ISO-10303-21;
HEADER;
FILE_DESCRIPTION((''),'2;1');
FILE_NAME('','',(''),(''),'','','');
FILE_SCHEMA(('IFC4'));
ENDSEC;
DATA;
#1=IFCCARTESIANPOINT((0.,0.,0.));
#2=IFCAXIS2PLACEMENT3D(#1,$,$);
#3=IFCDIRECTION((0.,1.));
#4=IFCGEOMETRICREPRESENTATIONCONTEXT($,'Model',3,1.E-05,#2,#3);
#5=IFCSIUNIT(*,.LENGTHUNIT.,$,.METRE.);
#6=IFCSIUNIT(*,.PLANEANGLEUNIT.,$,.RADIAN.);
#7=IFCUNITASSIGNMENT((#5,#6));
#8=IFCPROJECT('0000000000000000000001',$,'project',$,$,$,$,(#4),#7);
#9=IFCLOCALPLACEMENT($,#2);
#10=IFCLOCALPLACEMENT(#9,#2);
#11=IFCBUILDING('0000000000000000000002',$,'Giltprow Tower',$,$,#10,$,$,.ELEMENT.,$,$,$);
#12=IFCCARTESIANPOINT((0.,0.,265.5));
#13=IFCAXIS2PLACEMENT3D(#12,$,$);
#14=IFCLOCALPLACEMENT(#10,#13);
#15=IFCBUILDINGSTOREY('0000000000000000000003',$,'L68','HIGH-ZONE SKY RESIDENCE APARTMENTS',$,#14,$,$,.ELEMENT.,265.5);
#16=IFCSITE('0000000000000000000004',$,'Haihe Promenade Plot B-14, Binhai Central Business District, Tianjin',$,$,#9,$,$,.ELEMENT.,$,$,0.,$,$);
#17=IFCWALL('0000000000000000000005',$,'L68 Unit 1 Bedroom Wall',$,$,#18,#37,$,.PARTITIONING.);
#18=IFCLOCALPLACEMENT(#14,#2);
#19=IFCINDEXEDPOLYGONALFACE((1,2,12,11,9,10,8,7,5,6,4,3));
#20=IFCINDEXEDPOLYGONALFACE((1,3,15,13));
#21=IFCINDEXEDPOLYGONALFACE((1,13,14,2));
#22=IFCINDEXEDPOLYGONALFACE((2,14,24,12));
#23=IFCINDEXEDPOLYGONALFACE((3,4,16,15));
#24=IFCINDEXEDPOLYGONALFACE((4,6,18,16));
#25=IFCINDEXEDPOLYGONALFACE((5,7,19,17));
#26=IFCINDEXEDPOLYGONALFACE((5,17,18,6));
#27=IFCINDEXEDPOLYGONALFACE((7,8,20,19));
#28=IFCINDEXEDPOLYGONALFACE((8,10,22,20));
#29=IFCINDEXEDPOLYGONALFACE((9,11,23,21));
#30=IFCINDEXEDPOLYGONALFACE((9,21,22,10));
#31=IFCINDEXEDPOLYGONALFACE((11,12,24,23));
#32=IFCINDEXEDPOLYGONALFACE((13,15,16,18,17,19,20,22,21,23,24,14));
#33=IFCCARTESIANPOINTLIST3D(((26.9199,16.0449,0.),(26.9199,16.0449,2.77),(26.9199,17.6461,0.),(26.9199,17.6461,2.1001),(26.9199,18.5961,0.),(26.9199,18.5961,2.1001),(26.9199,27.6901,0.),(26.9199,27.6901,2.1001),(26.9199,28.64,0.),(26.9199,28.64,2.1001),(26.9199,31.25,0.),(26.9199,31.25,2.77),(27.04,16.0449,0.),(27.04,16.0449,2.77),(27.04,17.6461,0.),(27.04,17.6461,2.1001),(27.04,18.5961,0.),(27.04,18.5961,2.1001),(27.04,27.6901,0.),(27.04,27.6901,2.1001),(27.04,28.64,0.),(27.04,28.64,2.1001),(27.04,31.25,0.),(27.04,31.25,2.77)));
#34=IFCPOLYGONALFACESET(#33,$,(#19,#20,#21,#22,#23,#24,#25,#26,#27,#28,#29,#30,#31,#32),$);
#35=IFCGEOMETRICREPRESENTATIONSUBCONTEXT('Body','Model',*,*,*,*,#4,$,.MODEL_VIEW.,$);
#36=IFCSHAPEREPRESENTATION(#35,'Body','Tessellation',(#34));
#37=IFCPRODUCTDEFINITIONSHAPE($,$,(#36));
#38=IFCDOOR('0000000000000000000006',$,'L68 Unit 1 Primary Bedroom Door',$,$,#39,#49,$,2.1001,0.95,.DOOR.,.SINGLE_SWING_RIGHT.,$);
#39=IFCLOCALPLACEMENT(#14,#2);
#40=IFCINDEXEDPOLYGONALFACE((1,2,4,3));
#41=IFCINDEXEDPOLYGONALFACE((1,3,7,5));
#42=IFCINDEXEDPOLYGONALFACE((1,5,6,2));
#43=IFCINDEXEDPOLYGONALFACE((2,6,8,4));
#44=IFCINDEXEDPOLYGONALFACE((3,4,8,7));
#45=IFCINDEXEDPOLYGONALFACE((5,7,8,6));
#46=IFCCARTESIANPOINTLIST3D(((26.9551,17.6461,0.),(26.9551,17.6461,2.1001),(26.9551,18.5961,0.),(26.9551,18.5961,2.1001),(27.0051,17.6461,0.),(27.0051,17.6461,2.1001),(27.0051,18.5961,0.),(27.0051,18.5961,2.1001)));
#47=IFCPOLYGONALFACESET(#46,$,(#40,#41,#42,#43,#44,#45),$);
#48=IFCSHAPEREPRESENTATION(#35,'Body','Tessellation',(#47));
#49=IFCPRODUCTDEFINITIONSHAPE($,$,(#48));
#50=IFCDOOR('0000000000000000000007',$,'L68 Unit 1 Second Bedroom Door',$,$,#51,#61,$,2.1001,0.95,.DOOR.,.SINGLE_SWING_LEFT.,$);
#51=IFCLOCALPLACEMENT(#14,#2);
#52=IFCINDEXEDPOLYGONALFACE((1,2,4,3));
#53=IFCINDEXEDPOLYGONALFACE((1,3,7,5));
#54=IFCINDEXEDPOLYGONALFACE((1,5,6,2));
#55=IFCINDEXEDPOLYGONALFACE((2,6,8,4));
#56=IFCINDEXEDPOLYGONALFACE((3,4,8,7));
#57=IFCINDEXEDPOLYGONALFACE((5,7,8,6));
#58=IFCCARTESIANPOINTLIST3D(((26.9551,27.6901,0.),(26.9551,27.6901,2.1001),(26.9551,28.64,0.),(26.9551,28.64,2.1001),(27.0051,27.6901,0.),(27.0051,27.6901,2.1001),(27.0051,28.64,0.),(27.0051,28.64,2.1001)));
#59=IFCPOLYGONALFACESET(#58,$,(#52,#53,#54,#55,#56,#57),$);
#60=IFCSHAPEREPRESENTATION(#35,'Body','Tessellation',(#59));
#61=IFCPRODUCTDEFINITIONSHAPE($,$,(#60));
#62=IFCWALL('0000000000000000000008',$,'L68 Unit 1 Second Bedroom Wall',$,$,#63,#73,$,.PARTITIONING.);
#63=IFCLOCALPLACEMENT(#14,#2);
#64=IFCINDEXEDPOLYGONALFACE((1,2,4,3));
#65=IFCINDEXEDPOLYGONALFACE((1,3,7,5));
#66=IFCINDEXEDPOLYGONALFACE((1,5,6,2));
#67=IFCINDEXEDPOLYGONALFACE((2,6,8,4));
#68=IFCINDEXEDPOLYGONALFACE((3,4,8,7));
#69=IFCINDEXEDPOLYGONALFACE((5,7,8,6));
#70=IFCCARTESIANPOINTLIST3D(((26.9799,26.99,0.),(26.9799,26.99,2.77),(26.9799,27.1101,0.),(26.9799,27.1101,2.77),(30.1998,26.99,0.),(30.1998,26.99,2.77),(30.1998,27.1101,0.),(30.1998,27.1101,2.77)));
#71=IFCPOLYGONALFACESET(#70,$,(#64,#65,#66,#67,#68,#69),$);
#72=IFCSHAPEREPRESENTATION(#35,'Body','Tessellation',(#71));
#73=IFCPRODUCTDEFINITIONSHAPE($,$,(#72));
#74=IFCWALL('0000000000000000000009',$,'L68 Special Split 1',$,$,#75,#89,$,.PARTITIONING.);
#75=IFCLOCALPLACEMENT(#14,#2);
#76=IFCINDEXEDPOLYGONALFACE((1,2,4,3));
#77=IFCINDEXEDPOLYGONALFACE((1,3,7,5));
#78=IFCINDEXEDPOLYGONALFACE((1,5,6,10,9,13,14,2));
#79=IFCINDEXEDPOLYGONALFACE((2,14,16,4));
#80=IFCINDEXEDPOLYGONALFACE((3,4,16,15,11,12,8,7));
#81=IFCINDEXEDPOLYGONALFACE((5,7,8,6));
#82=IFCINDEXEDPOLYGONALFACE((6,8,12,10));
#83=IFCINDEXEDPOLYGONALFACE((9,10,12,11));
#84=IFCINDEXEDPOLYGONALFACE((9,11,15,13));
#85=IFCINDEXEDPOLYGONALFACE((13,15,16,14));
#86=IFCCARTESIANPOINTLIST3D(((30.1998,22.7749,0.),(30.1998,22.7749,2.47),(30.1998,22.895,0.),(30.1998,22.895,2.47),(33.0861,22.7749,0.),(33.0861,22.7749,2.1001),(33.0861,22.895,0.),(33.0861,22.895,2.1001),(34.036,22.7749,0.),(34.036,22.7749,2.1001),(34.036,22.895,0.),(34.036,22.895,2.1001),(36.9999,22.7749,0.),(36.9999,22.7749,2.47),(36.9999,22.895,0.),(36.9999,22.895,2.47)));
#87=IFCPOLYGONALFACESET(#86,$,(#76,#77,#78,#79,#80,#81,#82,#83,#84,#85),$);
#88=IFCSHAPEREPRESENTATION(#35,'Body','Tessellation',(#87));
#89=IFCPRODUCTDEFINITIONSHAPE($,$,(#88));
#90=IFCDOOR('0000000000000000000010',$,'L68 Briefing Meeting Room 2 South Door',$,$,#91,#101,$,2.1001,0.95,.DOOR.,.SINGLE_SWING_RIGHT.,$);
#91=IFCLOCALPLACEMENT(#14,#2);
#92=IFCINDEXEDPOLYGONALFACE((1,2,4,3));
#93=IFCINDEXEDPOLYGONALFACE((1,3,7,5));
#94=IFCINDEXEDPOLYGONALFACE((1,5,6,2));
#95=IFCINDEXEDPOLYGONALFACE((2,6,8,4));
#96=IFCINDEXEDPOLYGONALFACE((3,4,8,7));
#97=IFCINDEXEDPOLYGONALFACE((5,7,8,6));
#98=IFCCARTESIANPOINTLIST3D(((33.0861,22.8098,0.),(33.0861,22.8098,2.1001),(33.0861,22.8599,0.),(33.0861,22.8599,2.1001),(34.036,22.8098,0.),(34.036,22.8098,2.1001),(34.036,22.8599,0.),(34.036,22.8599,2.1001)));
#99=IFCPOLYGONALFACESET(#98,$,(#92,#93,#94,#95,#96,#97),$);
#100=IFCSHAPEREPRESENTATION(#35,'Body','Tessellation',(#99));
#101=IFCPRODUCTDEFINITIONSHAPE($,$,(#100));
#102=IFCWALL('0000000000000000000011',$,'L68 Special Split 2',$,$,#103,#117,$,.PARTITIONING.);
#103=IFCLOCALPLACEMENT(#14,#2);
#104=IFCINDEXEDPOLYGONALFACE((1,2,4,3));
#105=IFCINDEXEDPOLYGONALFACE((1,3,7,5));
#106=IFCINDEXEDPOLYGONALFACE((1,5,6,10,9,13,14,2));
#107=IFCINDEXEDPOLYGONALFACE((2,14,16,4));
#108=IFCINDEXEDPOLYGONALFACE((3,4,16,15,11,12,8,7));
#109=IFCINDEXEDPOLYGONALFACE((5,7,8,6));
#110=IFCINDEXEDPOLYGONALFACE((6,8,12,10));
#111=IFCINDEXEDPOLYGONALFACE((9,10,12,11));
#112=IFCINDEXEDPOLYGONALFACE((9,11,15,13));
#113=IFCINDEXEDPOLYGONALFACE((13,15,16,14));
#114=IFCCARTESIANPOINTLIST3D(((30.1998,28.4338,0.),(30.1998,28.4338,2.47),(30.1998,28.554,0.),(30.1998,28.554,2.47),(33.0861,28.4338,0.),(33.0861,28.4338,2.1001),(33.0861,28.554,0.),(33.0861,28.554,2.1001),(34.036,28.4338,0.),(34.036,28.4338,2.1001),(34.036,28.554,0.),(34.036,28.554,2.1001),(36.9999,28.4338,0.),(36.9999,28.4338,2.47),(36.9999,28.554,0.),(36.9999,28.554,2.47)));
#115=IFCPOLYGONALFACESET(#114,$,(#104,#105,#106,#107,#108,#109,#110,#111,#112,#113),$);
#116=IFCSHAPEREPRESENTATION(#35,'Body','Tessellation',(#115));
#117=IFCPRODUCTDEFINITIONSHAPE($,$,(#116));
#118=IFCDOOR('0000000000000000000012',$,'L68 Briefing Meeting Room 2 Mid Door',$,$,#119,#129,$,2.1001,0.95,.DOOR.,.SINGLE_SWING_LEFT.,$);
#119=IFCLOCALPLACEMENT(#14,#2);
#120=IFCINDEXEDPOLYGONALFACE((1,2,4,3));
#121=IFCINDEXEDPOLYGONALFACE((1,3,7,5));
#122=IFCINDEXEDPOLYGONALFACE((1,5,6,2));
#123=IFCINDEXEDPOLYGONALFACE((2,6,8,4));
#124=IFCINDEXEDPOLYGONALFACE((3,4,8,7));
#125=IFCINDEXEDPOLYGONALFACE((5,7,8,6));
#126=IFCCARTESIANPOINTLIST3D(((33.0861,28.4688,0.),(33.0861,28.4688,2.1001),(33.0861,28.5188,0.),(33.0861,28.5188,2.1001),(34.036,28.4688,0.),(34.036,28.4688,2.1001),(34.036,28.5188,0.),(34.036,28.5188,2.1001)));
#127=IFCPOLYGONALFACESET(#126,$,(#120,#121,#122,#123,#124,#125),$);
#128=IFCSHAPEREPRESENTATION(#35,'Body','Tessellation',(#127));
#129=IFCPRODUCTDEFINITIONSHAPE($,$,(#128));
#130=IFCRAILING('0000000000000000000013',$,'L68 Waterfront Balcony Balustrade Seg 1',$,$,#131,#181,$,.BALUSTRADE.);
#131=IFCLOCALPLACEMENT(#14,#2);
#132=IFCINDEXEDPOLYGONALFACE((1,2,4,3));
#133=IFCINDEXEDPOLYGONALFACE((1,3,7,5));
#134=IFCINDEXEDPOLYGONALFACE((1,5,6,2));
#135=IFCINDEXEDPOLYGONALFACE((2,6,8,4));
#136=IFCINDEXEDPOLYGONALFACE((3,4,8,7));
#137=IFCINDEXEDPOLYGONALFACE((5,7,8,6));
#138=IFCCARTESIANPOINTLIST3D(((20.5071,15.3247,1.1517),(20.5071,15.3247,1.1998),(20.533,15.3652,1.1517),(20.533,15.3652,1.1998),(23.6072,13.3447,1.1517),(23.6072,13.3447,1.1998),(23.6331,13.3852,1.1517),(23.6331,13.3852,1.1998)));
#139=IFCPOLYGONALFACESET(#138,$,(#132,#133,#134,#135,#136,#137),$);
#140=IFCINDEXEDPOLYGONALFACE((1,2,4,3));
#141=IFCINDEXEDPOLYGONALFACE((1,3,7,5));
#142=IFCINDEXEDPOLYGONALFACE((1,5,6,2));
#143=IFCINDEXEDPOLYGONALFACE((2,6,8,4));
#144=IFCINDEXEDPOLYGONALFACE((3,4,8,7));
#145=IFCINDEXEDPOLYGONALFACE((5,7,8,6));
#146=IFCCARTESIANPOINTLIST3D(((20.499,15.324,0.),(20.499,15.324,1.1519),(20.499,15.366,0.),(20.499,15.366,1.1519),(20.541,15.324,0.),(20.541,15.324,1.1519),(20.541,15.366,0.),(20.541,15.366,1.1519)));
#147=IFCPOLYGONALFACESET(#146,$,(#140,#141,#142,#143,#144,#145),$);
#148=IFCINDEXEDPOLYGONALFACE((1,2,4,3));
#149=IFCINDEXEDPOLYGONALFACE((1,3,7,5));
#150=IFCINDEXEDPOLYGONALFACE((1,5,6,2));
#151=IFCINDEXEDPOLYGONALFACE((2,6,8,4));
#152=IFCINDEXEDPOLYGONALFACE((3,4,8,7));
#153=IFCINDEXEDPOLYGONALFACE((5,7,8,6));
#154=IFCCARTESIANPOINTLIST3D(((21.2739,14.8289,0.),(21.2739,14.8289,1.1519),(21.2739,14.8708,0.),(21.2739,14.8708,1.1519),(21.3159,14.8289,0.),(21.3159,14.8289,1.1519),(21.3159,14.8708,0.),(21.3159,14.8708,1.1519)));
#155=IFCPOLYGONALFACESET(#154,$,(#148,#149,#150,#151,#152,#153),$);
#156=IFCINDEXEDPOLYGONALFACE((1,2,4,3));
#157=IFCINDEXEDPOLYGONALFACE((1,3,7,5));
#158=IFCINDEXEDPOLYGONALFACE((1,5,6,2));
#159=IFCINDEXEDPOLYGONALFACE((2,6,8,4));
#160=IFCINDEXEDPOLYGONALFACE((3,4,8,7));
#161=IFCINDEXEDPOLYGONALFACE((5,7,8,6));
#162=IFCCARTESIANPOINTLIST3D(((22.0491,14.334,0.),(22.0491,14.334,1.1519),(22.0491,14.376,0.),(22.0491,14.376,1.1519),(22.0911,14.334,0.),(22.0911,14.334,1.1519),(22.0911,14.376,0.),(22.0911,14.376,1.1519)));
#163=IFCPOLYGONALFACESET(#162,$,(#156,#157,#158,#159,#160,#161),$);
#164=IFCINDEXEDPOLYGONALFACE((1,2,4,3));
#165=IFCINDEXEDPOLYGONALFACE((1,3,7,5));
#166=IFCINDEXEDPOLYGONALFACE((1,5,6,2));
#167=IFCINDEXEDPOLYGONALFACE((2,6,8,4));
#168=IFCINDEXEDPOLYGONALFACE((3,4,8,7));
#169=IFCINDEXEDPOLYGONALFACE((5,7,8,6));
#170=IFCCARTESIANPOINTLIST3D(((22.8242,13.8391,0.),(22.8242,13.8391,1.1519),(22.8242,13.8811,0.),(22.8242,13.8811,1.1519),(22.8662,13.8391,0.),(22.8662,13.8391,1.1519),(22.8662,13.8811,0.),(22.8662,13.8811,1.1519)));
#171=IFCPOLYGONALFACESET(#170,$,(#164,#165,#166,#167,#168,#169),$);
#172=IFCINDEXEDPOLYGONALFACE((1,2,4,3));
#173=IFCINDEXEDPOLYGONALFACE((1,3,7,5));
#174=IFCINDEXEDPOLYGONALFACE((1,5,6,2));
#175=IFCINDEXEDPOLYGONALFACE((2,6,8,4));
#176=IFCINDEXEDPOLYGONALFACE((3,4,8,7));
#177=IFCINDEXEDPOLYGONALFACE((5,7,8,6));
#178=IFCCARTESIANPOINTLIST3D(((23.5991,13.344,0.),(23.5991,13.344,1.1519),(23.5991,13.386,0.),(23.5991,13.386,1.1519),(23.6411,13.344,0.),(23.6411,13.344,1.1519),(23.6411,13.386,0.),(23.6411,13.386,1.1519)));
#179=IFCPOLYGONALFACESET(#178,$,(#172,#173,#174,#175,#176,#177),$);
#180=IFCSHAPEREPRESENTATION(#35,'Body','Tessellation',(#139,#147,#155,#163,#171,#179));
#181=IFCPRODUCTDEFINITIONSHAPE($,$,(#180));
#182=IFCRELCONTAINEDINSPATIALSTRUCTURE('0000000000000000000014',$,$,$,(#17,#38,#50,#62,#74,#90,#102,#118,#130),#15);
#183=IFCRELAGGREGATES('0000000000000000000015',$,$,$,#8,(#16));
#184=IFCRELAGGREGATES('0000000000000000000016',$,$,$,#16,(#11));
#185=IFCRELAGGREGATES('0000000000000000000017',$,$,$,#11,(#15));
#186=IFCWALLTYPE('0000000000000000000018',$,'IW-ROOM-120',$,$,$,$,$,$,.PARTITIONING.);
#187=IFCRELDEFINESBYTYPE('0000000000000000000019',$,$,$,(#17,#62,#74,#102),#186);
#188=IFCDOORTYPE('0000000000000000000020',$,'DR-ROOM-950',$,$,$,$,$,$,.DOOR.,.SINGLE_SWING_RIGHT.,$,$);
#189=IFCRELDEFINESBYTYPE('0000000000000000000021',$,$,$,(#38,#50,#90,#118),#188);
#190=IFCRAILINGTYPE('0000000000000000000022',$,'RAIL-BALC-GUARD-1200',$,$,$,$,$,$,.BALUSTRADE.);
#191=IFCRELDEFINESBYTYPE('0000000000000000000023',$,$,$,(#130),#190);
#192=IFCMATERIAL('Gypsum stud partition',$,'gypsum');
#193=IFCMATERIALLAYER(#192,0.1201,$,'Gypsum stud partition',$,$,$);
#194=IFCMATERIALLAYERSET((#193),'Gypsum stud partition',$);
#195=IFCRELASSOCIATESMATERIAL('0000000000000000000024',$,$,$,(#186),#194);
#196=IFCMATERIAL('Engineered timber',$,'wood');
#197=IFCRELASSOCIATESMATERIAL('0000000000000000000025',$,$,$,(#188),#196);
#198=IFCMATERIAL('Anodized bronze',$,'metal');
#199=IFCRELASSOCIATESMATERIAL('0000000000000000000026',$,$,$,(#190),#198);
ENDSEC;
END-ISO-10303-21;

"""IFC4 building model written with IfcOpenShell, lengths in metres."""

from ifc_helpers import new_model, si_unit, direction, frame, frame_2d, origin, origin_2d, place, context, subcontext, project, spatial, rectangle, extrude, source, transform, mapped, material, layer, layer_set, type_object, element, fill, save


model = new_model("IFC4")

# Units and contexts
model_context = context("Model", 3, precision=1e-05, world=origin(), true_north=direction((0.0, 1.0)))
body_context = subcontext(model_context, "Body", "Model", "MODEL_VIEW")
ifc_project = project(units=[si_unit("LENGTHUNIT", "METRE"), si_unit("PLANEANGLEUNIT", "RADIAN")], contexts=[model_context])

# Site, building, storey
site_placement = place(None, origin())
site = spatial("IfcSite", under=ifc_project, at=site_placement, Name="Haihe Promenade Plot B-14, Binhai Central Business District, Tianjin", CompositionType="ELEMENT", RefElevation=0.0)
building_placement = place(site_placement, origin())
building = spatial("IfcBuilding", under=site, at=building_placement, Name="Giltprow Tower", CompositionType="ELEMENT")
storey_placement = place(building_placement, frame((0.0, 0.0, 265.5)))
storey = spatial("IfcBuildingStorey", under=building, at=storey_placement, Name="L68", Description="HIGH-ZONE SKY RESIDENCE APARTMENTS", CompositionType="ELEMENT", Elevation=265.5)

# Shared definitions
ifc_material_1 = material(Name="Gypsum stud partition", Category="gypsum")

# Wall, openings, doors
ifc_layer_1 = layer(ifc_material_1, 0.1201, Name="Gypsum stud partition")
ifc_layer_set_1 = layer_set([ifc_layer_1], Name="Gypsum stud partition")
wall_type_1 = type_object("IfcWallType", Name="IW-ROOM-120", PredefinedType="PARTITIONING", material=ifc_layer_set_1)
wall_1_placement = place(storey_placement, frame((26.98, 16.0449, 0.0), z_axis=(0.0, 0.0, 1.0), x_axis=(0.0, 1.0, 0.0)))
wall_1 = element("IfcWall", 1, at=wall_1_placement, inside=storey, type_object=wall_type_1, Name="L68 Unit 1 Bedroom Wall", PredefinedType="PARTITIONING", context=body_context, shape_type="SweptSolid", body=[
    extrude(rectangle(XDim=15.2051, YDim=0.1201, at=frame_2d((7.6025, 0.0))), origin(), (0.0, 0.0, 1.0), 2.77),
])
opening_1_placement = place(wall_1_placement, frame((1.6011, 0.0, 0.0)))
opening_1 = element("IfcOpeningElement", 2, at=opening_1_placement, cuts=wall_1, PredefinedType="OPENING", context=body_context, shape_type="SweptSolid", body=[
    extrude(rectangle(XDim=0.95, YDim=2.1001, at=frame_2d((0.4751, 1.05))), frame((0.0, 0.0701, 0.0), z_axis=(0.0, -1.0, 0.0), x_axis=(1.0, 0.0, 0.0)), (0.0, 0.0, 1.0), 0.1401),
])
opening_2_placement = place(wall_1_placement, frame((11.645, 0.0, 0.0)))
opening_2 = element("IfcOpeningElement", 3, at=opening_2_placement, cuts=wall_1, PredefinedType="OPENING", context=body_context, shape_type="SweptSolid", body=[
    extrude(rectangle(XDim=0.95, YDim=2.1001, at=frame_2d((0.4751, 1.05))), frame((0.0, 0.0701, 0.0), z_axis=(0.0, -1.0, 0.0), x_axis=(1.0, 0.0, 0.0)), (0.0, 0.0, 1.0), 0.1401),
])
ifc_material_2 = material(Name="Engineered timber", Category="wood")
door_type = type_object("IfcDoorType", Name="DR-ROOM-950", OperationType="SINGLE_SWING_RIGHT", PredefinedType="DOOR", material=ifc_material_2)
shared_shape_1 = source(origin(), body_context, "Body", "SweptSolid", [
    extrude(rectangle(XDim=0.95, YDim=2.1001, at=frame_2d((0.4751, 1.05))), frame((0.0, 0.0249, 0.0), z_axis=(0.0, -1.0, 0.0), x_axis=(1.0, 0.0, 0.0)), (0.0, 0.0, 1.0), 0.05),
])
door_1_placement = place(opening_1_placement, origin())
door_1 = element("IfcDoor", 4, at=door_1_placement, inside=storey, type_object=door_type, Name="L68 Unit 1 Primary Bedroom Door", OperationType="SINGLE_SWING_RIGHT", OverallHeight=2.1001, OverallWidth=0.95, PredefinedType="DOOR", context=body_context, shape_type="MappedRepresentation", body=[
    mapped(shared_shape_1, transform((0.0, 0.0, 0.0), x_axis=(1.0, 0.0, 0.0), y_axis=(0.0, 1.0, 0.0), z_axis=(0.0, 0.0, 1.0), scale=1.0)),
])
fill(opening_1, door_1)
door_2_placement = place(opening_2_placement, origin())
door_2 = element("IfcDoor", 5, at=door_2_placement, inside=storey, type_object=door_type, Name="L68 Unit 1 Second Bedroom Door", OperationType="SINGLE_SWING_LEFT", OverallHeight=2.1001, OverallWidth=0.95, PredefinedType="DOOR", context=body_context, shape_type="MappedRepresentation", body=[
    mapped(shared_shape_1, transform((0.0, 0.0, 0.0), x_axis=(1.0, 0.0, 0.0), y_axis=(0.0, 1.0, 0.0), z_axis=(0.0, 0.0, 1.0), scale=1.0)),
])
fill(opening_2, door_2)

# Wall
wall_2_placement = place(storey_placement, frame((26.98, 27.05, 0.0), z_axis=(0.0, 0.0, 1.0), x_axis=(1.0, 0.0, 0.0)))
element("IfcWall", 6, at=wall_2_placement, inside=storey, type_object=wall_type_1, Name="L68 Unit 1 Second Bedroom Wall", PredefinedType="PARTITIONING", context=body_context, shape_type="SweptSolid", body=[
    extrude(rectangle(XDim=3.22, YDim=0.1201, at=frame_2d((1.6099, 0.0))), origin(), (0.0, 0.0, 1.0), 2.77),
])

# Walls, openings, doors
wall_3_placement = place(storey_placement, frame((30.2, 22.835, 0.0), z_axis=(0.0, 0.0, 1.0), x_axis=(1.0, 0.0, 0.0)))
wall_3 = element("IfcWall", 7, at=wall_3_placement, inside=storey, type_object=wall_type_1, Name="L68 Special Split 1", PredefinedType="PARTITIONING", context=body_context, shape_type="SweptSolid", body=[
    extrude(rectangle(XDim=6.8, YDim=0.1201, at=frame_2d((3.3999, 0.0))), origin(), (0.0, 0.0, 1.0), 2.47),
])
opening_3_placement = place(wall_3_placement, frame((2.886, 0.0, 0.0)))
opening_3 = element("IfcOpeningElement", 8, at=opening_3_placement, cuts=wall_3, PredefinedType="OPENING", context=body_context, shape_type="SweptSolid", body=[
    extrude(rectangle(XDim=0.95, YDim=2.1001, at=frame_2d((0.4751, 1.05))), frame((0.0, 0.0701, 0.0), z_axis=(0.0, -1.0, 0.0), x_axis=(1.0, 0.0, 0.0)), (0.0, 0.0, 1.0), 0.1401),
])
door_3_placement = place(opening_3_placement, origin())
door_3 = element("IfcDoor", 9, at=door_3_placement, inside=storey, type_object=door_type, Name="L68 Briefing Meeting Room 2 South Door", OperationType="SINGLE_SWING_RIGHT", OverallHeight=2.1001, OverallWidth=0.95, PredefinedType="DOOR", context=body_context, shape_type="MappedRepresentation", body=[
    mapped(shared_shape_1, transform((0.0, 0.0, 0.0), x_axis=(1.0, 0.0, 0.0), y_axis=(0.0, 1.0, 0.0), z_axis=(0.0, 0.0, 1.0), scale=1.0)),
])
fill(opening_3, door_3)
wall_4_placement = place(storey_placement, frame((30.2, 28.4939, 0.0), z_axis=(0.0, 0.0, 1.0), x_axis=(1.0, 0.0, 0.0)))
wall_4 = element("IfcWall", 10, at=wall_4_placement, inside=storey, type_object=wall_type_1, Name="L68 Special Split 2", PredefinedType="PARTITIONING", context=body_context, shape_type="SweptSolid", body=[
    extrude(rectangle(XDim=6.8, YDim=0.1201, at=frame_2d((3.3999, 0.0))), origin(), (0.0, 0.0, 1.0), 2.47),
])
opening_4_placement = place(wall_4_placement, frame((2.886, 0.0, 0.0)))
opening_4 = element("IfcOpeningElement", 11, at=opening_4_placement, cuts=wall_4, PredefinedType="OPENING", context=body_context, shape_type="SweptSolid", body=[
    extrude(rectangle(XDim=0.95, YDim=2.1001, at=frame_2d((0.4751, 1.05))), frame((0.0, 0.0701, 0.0), z_axis=(0.0, -1.0, 0.0), x_axis=(1.0, 0.0, 0.0)), (0.0, 0.0, 1.0), 0.1401),
])
door_4_placement = place(opening_4_placement, origin())
door_4 = element("IfcDoor", 12, at=door_4_placement, inside=storey, type_object=door_type, Name="L68 Briefing Meeting Room 2 Mid Door", OperationType="SINGLE_SWING_LEFT", OverallHeight=2.1001, OverallWidth=0.95, PredefinedType="DOOR", context=body_context, shape_type="MappedRepresentation", body=[
    mapped(shared_shape_1, transform((0.0, 0.0, 0.0), x_axis=(1.0, 0.0, 0.0), y_axis=(0.0, 1.0, 0.0), z_axis=(0.0, 0.0, 1.0), scale=1.0)),
])
fill(opening_4, door_4)

# Railing
ifc_material_3 = material(Name="Anodized bronze", Category="metal")
railing_type = type_object("IfcRailingType", Name="RAIL-BALC-GUARD-1200", PredefinedType="BALUSTRADE", material=ifc_material_3)
railing_1_placement = place(storey_placement, frame((20.52, 15.345, 0.0)))
element("IfcRailing", 13, at=railing_1_placement, inside=storey, type_object=railing_type, Name="L68 Waterfront Balcony Balustrade Seg 1", PredefinedType="BALUSTRADE", context=body_context, shape_type="SweptSolid", body=[
    extrude(rectangle(XDim=0.0481, YDim=0.0481, at=origin_2d()), frame((0.0, 0.0, 1.1758), z_axis=(0.842775, -0.538266, 0.0), x_axis=(0.538266, 0.842775, 0.0)), (0.0, 0.0, 1.0), 3.6785),
    extrude(rectangle(XDim=0.042, YDim=0.042, at=origin_2d()), origin(), (0.0, 0.0, 1.0), 1.1519),
    extrude(rectangle(XDim=0.042, YDim=0.042, at=origin_2d()), frame((0.7749, -0.4951, 0.0)), (0.0, 0.0, 1.0), 1.1519),
    extrude(rectangle(XDim=0.042, YDim=0.042, at=origin_2d()), frame((1.55, -0.99, 0.0)), (0.0, 0.0, 1.0), 1.1519),
    extrude(rectangle(XDim=0.042, YDim=0.042, at=origin_2d()), frame((2.3252, -1.4849, 0.0)), (0.0, 0.0, 1.0), 1.1519),
    extrude(rectangle(XDim=0.042, YDim=0.042, at=origin_2d()), frame((3.1001, -1.98, 0.0)), (0.0, 0.0, 1.0), 1.1519),
])

save(model, "model.ifc")
